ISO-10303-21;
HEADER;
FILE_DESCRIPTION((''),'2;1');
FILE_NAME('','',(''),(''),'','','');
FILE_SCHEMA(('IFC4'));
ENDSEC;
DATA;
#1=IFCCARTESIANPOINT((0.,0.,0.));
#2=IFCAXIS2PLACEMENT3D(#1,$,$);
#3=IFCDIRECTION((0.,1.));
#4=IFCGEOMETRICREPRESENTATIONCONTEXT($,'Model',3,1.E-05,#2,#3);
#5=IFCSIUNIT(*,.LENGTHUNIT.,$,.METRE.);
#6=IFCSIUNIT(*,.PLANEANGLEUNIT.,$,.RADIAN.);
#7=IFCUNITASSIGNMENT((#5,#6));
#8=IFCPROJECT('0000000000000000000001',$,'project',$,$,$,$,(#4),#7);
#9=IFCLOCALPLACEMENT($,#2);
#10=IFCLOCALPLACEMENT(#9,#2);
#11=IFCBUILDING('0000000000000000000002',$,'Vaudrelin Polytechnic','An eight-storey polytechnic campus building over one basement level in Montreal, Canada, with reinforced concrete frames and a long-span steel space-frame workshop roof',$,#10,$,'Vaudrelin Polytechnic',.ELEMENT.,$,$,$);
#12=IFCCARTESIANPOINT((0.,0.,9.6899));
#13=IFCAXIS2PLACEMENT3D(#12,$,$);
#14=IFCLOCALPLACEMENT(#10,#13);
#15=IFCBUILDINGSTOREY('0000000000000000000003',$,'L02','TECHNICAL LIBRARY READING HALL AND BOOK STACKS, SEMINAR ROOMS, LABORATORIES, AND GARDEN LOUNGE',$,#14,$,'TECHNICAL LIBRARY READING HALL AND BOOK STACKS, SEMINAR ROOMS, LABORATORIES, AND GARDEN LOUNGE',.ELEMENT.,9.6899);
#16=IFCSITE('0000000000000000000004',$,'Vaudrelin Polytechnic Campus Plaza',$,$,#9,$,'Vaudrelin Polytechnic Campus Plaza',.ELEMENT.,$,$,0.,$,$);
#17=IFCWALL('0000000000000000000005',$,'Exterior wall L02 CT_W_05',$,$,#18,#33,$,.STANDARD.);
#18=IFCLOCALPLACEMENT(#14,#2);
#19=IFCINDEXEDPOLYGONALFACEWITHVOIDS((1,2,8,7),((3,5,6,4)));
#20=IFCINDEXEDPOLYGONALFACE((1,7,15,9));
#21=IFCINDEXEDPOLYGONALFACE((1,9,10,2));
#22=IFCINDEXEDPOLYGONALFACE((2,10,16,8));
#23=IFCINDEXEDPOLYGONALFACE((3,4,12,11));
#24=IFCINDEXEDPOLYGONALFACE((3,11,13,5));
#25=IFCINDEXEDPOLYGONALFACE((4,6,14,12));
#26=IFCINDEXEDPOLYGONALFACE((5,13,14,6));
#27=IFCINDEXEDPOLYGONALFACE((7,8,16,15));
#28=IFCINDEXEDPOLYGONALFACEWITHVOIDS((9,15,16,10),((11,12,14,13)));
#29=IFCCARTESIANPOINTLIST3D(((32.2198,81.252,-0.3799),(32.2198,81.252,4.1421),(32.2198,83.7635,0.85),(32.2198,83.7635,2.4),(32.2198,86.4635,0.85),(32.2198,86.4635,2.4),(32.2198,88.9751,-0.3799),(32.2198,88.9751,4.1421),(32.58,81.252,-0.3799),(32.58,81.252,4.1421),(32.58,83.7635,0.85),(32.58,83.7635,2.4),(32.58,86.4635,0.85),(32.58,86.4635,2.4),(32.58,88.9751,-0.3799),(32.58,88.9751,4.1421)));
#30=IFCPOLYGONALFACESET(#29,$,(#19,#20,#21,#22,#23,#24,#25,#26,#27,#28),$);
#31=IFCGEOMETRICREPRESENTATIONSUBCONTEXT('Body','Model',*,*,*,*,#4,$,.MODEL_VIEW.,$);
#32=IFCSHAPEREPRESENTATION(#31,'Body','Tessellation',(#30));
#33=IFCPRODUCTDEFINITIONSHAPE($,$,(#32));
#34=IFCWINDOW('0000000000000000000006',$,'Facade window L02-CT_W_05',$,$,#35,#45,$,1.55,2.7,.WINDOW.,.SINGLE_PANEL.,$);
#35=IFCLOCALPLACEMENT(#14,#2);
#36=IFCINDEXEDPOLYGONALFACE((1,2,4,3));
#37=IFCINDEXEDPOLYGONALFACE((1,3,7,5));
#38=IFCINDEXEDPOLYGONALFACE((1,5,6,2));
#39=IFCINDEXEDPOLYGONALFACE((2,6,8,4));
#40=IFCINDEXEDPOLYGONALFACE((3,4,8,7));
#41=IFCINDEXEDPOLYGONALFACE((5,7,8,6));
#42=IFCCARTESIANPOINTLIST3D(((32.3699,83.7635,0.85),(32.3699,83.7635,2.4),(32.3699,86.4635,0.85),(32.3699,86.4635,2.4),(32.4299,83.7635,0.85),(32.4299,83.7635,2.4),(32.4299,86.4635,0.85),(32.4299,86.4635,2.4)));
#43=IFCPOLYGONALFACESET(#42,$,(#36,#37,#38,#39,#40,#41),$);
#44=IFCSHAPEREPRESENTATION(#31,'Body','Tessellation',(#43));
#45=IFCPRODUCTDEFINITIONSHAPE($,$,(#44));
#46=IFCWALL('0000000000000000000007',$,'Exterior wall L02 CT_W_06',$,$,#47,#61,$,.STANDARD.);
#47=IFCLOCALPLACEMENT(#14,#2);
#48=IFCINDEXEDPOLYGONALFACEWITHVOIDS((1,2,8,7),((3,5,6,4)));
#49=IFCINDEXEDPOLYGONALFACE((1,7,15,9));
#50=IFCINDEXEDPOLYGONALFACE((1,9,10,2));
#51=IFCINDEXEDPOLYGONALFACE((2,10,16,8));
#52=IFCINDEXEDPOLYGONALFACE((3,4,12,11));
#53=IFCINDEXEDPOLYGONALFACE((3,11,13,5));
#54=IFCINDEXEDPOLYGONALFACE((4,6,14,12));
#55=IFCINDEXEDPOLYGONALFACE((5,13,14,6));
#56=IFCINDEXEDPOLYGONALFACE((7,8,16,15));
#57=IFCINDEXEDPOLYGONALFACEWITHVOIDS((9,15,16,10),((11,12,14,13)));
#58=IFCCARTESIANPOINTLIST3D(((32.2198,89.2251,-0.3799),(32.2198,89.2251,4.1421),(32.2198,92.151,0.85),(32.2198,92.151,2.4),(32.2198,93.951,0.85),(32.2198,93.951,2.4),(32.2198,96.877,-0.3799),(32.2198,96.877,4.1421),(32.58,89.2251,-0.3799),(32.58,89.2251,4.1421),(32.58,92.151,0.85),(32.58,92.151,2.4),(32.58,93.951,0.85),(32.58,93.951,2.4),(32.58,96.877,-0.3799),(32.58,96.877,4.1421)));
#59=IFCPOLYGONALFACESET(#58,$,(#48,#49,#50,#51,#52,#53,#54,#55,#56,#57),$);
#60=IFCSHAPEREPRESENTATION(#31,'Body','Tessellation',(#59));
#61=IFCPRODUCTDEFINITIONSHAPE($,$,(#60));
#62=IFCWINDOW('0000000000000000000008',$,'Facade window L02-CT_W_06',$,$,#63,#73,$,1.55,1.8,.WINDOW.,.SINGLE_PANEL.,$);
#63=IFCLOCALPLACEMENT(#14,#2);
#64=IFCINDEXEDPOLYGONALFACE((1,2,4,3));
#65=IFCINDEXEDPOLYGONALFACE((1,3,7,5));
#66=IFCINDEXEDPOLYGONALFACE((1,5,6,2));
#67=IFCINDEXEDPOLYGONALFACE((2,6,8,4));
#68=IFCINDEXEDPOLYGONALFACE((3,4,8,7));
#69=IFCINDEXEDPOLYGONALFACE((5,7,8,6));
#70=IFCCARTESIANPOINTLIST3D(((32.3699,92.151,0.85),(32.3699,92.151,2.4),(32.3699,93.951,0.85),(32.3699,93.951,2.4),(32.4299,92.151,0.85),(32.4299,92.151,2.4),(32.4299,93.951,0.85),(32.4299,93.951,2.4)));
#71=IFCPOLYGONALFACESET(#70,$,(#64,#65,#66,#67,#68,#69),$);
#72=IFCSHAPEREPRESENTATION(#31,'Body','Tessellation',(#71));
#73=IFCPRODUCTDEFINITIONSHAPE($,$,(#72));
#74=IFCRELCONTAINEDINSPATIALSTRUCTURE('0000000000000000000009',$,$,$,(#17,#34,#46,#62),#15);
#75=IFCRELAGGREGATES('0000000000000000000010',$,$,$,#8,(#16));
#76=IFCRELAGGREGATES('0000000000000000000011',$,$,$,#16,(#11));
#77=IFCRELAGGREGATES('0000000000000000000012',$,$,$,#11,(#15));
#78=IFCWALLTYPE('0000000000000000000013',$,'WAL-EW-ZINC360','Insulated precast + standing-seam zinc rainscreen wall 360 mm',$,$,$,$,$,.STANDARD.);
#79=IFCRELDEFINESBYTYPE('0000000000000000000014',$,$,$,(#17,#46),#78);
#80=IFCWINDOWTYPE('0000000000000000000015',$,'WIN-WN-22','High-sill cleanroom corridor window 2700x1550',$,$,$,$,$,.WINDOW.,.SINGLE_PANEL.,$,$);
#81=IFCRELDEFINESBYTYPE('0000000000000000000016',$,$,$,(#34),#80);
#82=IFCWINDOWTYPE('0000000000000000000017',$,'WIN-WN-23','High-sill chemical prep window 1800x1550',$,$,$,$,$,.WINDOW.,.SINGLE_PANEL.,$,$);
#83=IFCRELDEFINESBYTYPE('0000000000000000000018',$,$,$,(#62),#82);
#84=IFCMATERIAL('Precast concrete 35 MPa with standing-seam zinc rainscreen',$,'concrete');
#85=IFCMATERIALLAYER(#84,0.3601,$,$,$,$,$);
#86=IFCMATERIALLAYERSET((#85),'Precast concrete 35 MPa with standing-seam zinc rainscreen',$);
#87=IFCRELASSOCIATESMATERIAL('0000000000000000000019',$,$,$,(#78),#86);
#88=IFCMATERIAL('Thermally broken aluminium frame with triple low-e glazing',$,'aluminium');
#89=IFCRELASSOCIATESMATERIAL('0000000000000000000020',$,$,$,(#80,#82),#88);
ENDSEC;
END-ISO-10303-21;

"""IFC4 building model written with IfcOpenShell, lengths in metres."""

from ifc_helpers import new_model, si_unit, direction, frame, frame_2d, origin, place, context, subcontext, project, spatial, rectangle, extrude, material, layer, layer_set, type_object, element, fill, save


model = new_model("IFC4")

# Units and contexts
model_context = context("Model", 3, precision=1e-05, world=origin(), true_north=direction((0.0, 1.0)))
body_context = subcontext(model_context, "Body", "Model", "MODEL_VIEW")
ifc_project = project(units=[si_unit("LENGTHUNIT", "METRE"), si_unit("PLANEANGLEUNIT", "RADIAN")], contexts=[model_context])

# Site, building, storey
site_placement = place(None, origin())
site = spatial("IfcSite", under=ifc_project, at=site_placement, Name="Vaudrelin Polytechnic Campus Plaza", LongName="Vaudrelin Polytechnic Campus Plaza", CompositionType="ELEMENT", RefElevation=0.0)
building_placement = place(site_placement, origin())
building = spatial("IfcBuilding", under=site, at=building_placement, Name="Vaudrelin Polytechnic", Description="An eight-storey polytechnic campus building over one basement level in Montreal, Canada, with reinforced concrete frames and a long-span steel space-frame workshop roof", LongName="Vaudrelin Polytechnic", CompositionType="ELEMENT")
storey_placement = place(building_placement, frame((0.0, 0.0, 9.6899)))
storey = spatial("IfcBuildingStorey", under=building, at=storey_placement, Name="L02", Description="TECHNICAL LIBRARY READING HALL AND BOOK STACKS, SEMINAR ROOMS, LABORATORIES, AND GARDEN LOUNGE", LongName="TECHNICAL LIBRARY READING HALL AND BOOK STACKS, SEMINAR ROOMS, LABORATORIES, AND GARDEN LOUNGE", CompositionType="ELEMENT", Elevation=9.6899)

# Walls, openings, windows
ifc_material_1 = material(Name="Precast concrete 35 MPa with standing-seam zinc rainscreen", Category="concrete")
ifc_layer_1 = layer(ifc_material_1, 0.3601)
ifc_layer_set_1 = layer_set([ifc_layer_1], Name="Precast concrete 35 MPa with standing-seam zinc rainscreen")
wall_type = type_object("IfcWallType", Name="WAL-EW-ZINC360", Description="Insulated precast + standing-seam zinc rainscreen wall 360 mm", PredefinedType="STANDARD", material=ifc_layer_set_1)
ifc_material_2 = material(Name="Thermally broken aluminium frame with triple low-e glazing", Category="aluminium")
wall_1_placement = place(storey_placement, frame((32.3999, 81.252, -0.3799), z_axis=(0.0, 0.0, 1.0), x_axis=(0.0, 1.0, 0.0)))
wall_1 = element("IfcWall", 1, at=wall_1_placement, inside=storey, type_object=wall_type, Name="Exterior wall L02 CT_W_05", PredefinedType="STANDARD", context=body_context, shape_type="SweptSolid", body=[
    extrude(rectangle(XDim=7.7231, YDim=0.3601, at=frame_2d((3.8616, 0.0))), origin(), (0.0, 0.0, 1.0), 4.522),
])
opening_1_placement = place(wall_1_placement, frame((2.5115, 0.0, 1.23)))
opening_1 = element("IfcOpeningElement", 2, at=opening_1_placement, cuts=wall_1, PredefinedType="OPENING", context=body_context, shape_type="SweptSolid", body=[
    extrude(rectangle(XDim=2.7, YDim=1.55, at=frame_2d((1.3501, 0.7749))), frame((0.0, 0.1899, 0.0), z_axis=(0.0, -1.0, 0.0), x_axis=(1.0, 0.0, 0.0)), (0.0, 0.0, 1.0), 0.3801),
])
window_type_1 = type_object("IfcWindowType", Name="WIN-WN-22", Description="High-sill cleanroom corridor window 2700x1550", PartitioningType="SINGLE_PANEL", PredefinedType="WINDOW", material=ifc_material_2)
window_1_placement = place(opening_1_placement, origin())
window_1 = element("IfcWindow", 3, at=window_1_placement, inside=storey, type_object=window_type_1, Name="Facade window L02-CT_W_05", OverallHeight=1.55, OverallWidth=2.7, PartitioningType="SINGLE_PANEL", PredefinedType="WINDOW", context=body_context, shape_type="SweptSolid", body=[
    extrude(rectangle(XDim=2.7, YDim=1.55, at=frame_2d((1.3501, 0.7749))), frame((0.0, 0.03, 0.0), z_axis=(0.0, -1.0, 0.0), x_axis=(1.0, 0.0, 0.0)), (0.0, 0.0, 1.0), 0.0601),
])
fill(opening_1, window_1)
wall_2_placement = place(storey_placement, frame((32.3999, 89.2251, -0.3799), z_axis=(0.0, 0.0, 1.0), x_axis=(0.0, 1.0, 0.0)))
wall_2 = element("IfcWall", 4, at=wall_2_placement, inside=storey, type_object=wall_type, Name="Exterior wall L02 CT_W_06", PredefinedType="STANDARD", context=body_context, shape_type="SweptSolid", body=[
    extrude(rectangle(XDim=7.6519, YDim=0.3601, at=frame_2d((3.8259, 0.0))), origin(), (0.0, 0.0, 1.0), 4.522),
])
opening_2_placement = place(wall_2_placement, frame((2.926, 0.0, 1.23)))
opening_2 = element("IfcOpeningElement", 5, at=opening_2_placement, cuts=wall_2, PredefinedType="OPENING", context=body_context, shape_type="SweptSolid", body=[
    extrude(rectangle(XDim=1.8, YDim=1.55, at=frame_2d((0.8999, 0.7749))), frame((0.0, 0.1899, 0.0), z_axis=(0.0, -1.0, 0.0), x_axis=(1.0, 0.0, 0.0)), (0.0, 0.0, 1.0), 0.3801),
])
window_type_2 = type_object("IfcWindowType", Name="WIN-WN-23", Description="High-sill chemical prep window 1800x1550", PartitioningType="SINGLE_PANEL", PredefinedType="WINDOW", material=ifc_material_2)
window_2_placement = place(opening_2_placement, origin())
window_2 = element("IfcWindow", 6, at=window_2_placement, inside=storey, type_object=window_type_2, Name="Facade window L02-CT_W_06", OverallHeight=1.55, OverallWidth=1.8, PartitioningType="SINGLE_PANEL", PredefinedType="WINDOW", context=body_context, shape_type="SweptSolid", body=[
    extrude(rectangle(XDim=1.8, YDim=1.55, at=frame_2d((0.8999, 0.7749))), frame((0.0, 0.03, 0.0), z_axis=(0.0, -1.0, 0.0), x_axis=(1.0, 0.0, 0.0)), (0.0, 0.0, 1.0), 0.0601),
])
fill(opening_2, window_2)

save(model, "model.ifc")
